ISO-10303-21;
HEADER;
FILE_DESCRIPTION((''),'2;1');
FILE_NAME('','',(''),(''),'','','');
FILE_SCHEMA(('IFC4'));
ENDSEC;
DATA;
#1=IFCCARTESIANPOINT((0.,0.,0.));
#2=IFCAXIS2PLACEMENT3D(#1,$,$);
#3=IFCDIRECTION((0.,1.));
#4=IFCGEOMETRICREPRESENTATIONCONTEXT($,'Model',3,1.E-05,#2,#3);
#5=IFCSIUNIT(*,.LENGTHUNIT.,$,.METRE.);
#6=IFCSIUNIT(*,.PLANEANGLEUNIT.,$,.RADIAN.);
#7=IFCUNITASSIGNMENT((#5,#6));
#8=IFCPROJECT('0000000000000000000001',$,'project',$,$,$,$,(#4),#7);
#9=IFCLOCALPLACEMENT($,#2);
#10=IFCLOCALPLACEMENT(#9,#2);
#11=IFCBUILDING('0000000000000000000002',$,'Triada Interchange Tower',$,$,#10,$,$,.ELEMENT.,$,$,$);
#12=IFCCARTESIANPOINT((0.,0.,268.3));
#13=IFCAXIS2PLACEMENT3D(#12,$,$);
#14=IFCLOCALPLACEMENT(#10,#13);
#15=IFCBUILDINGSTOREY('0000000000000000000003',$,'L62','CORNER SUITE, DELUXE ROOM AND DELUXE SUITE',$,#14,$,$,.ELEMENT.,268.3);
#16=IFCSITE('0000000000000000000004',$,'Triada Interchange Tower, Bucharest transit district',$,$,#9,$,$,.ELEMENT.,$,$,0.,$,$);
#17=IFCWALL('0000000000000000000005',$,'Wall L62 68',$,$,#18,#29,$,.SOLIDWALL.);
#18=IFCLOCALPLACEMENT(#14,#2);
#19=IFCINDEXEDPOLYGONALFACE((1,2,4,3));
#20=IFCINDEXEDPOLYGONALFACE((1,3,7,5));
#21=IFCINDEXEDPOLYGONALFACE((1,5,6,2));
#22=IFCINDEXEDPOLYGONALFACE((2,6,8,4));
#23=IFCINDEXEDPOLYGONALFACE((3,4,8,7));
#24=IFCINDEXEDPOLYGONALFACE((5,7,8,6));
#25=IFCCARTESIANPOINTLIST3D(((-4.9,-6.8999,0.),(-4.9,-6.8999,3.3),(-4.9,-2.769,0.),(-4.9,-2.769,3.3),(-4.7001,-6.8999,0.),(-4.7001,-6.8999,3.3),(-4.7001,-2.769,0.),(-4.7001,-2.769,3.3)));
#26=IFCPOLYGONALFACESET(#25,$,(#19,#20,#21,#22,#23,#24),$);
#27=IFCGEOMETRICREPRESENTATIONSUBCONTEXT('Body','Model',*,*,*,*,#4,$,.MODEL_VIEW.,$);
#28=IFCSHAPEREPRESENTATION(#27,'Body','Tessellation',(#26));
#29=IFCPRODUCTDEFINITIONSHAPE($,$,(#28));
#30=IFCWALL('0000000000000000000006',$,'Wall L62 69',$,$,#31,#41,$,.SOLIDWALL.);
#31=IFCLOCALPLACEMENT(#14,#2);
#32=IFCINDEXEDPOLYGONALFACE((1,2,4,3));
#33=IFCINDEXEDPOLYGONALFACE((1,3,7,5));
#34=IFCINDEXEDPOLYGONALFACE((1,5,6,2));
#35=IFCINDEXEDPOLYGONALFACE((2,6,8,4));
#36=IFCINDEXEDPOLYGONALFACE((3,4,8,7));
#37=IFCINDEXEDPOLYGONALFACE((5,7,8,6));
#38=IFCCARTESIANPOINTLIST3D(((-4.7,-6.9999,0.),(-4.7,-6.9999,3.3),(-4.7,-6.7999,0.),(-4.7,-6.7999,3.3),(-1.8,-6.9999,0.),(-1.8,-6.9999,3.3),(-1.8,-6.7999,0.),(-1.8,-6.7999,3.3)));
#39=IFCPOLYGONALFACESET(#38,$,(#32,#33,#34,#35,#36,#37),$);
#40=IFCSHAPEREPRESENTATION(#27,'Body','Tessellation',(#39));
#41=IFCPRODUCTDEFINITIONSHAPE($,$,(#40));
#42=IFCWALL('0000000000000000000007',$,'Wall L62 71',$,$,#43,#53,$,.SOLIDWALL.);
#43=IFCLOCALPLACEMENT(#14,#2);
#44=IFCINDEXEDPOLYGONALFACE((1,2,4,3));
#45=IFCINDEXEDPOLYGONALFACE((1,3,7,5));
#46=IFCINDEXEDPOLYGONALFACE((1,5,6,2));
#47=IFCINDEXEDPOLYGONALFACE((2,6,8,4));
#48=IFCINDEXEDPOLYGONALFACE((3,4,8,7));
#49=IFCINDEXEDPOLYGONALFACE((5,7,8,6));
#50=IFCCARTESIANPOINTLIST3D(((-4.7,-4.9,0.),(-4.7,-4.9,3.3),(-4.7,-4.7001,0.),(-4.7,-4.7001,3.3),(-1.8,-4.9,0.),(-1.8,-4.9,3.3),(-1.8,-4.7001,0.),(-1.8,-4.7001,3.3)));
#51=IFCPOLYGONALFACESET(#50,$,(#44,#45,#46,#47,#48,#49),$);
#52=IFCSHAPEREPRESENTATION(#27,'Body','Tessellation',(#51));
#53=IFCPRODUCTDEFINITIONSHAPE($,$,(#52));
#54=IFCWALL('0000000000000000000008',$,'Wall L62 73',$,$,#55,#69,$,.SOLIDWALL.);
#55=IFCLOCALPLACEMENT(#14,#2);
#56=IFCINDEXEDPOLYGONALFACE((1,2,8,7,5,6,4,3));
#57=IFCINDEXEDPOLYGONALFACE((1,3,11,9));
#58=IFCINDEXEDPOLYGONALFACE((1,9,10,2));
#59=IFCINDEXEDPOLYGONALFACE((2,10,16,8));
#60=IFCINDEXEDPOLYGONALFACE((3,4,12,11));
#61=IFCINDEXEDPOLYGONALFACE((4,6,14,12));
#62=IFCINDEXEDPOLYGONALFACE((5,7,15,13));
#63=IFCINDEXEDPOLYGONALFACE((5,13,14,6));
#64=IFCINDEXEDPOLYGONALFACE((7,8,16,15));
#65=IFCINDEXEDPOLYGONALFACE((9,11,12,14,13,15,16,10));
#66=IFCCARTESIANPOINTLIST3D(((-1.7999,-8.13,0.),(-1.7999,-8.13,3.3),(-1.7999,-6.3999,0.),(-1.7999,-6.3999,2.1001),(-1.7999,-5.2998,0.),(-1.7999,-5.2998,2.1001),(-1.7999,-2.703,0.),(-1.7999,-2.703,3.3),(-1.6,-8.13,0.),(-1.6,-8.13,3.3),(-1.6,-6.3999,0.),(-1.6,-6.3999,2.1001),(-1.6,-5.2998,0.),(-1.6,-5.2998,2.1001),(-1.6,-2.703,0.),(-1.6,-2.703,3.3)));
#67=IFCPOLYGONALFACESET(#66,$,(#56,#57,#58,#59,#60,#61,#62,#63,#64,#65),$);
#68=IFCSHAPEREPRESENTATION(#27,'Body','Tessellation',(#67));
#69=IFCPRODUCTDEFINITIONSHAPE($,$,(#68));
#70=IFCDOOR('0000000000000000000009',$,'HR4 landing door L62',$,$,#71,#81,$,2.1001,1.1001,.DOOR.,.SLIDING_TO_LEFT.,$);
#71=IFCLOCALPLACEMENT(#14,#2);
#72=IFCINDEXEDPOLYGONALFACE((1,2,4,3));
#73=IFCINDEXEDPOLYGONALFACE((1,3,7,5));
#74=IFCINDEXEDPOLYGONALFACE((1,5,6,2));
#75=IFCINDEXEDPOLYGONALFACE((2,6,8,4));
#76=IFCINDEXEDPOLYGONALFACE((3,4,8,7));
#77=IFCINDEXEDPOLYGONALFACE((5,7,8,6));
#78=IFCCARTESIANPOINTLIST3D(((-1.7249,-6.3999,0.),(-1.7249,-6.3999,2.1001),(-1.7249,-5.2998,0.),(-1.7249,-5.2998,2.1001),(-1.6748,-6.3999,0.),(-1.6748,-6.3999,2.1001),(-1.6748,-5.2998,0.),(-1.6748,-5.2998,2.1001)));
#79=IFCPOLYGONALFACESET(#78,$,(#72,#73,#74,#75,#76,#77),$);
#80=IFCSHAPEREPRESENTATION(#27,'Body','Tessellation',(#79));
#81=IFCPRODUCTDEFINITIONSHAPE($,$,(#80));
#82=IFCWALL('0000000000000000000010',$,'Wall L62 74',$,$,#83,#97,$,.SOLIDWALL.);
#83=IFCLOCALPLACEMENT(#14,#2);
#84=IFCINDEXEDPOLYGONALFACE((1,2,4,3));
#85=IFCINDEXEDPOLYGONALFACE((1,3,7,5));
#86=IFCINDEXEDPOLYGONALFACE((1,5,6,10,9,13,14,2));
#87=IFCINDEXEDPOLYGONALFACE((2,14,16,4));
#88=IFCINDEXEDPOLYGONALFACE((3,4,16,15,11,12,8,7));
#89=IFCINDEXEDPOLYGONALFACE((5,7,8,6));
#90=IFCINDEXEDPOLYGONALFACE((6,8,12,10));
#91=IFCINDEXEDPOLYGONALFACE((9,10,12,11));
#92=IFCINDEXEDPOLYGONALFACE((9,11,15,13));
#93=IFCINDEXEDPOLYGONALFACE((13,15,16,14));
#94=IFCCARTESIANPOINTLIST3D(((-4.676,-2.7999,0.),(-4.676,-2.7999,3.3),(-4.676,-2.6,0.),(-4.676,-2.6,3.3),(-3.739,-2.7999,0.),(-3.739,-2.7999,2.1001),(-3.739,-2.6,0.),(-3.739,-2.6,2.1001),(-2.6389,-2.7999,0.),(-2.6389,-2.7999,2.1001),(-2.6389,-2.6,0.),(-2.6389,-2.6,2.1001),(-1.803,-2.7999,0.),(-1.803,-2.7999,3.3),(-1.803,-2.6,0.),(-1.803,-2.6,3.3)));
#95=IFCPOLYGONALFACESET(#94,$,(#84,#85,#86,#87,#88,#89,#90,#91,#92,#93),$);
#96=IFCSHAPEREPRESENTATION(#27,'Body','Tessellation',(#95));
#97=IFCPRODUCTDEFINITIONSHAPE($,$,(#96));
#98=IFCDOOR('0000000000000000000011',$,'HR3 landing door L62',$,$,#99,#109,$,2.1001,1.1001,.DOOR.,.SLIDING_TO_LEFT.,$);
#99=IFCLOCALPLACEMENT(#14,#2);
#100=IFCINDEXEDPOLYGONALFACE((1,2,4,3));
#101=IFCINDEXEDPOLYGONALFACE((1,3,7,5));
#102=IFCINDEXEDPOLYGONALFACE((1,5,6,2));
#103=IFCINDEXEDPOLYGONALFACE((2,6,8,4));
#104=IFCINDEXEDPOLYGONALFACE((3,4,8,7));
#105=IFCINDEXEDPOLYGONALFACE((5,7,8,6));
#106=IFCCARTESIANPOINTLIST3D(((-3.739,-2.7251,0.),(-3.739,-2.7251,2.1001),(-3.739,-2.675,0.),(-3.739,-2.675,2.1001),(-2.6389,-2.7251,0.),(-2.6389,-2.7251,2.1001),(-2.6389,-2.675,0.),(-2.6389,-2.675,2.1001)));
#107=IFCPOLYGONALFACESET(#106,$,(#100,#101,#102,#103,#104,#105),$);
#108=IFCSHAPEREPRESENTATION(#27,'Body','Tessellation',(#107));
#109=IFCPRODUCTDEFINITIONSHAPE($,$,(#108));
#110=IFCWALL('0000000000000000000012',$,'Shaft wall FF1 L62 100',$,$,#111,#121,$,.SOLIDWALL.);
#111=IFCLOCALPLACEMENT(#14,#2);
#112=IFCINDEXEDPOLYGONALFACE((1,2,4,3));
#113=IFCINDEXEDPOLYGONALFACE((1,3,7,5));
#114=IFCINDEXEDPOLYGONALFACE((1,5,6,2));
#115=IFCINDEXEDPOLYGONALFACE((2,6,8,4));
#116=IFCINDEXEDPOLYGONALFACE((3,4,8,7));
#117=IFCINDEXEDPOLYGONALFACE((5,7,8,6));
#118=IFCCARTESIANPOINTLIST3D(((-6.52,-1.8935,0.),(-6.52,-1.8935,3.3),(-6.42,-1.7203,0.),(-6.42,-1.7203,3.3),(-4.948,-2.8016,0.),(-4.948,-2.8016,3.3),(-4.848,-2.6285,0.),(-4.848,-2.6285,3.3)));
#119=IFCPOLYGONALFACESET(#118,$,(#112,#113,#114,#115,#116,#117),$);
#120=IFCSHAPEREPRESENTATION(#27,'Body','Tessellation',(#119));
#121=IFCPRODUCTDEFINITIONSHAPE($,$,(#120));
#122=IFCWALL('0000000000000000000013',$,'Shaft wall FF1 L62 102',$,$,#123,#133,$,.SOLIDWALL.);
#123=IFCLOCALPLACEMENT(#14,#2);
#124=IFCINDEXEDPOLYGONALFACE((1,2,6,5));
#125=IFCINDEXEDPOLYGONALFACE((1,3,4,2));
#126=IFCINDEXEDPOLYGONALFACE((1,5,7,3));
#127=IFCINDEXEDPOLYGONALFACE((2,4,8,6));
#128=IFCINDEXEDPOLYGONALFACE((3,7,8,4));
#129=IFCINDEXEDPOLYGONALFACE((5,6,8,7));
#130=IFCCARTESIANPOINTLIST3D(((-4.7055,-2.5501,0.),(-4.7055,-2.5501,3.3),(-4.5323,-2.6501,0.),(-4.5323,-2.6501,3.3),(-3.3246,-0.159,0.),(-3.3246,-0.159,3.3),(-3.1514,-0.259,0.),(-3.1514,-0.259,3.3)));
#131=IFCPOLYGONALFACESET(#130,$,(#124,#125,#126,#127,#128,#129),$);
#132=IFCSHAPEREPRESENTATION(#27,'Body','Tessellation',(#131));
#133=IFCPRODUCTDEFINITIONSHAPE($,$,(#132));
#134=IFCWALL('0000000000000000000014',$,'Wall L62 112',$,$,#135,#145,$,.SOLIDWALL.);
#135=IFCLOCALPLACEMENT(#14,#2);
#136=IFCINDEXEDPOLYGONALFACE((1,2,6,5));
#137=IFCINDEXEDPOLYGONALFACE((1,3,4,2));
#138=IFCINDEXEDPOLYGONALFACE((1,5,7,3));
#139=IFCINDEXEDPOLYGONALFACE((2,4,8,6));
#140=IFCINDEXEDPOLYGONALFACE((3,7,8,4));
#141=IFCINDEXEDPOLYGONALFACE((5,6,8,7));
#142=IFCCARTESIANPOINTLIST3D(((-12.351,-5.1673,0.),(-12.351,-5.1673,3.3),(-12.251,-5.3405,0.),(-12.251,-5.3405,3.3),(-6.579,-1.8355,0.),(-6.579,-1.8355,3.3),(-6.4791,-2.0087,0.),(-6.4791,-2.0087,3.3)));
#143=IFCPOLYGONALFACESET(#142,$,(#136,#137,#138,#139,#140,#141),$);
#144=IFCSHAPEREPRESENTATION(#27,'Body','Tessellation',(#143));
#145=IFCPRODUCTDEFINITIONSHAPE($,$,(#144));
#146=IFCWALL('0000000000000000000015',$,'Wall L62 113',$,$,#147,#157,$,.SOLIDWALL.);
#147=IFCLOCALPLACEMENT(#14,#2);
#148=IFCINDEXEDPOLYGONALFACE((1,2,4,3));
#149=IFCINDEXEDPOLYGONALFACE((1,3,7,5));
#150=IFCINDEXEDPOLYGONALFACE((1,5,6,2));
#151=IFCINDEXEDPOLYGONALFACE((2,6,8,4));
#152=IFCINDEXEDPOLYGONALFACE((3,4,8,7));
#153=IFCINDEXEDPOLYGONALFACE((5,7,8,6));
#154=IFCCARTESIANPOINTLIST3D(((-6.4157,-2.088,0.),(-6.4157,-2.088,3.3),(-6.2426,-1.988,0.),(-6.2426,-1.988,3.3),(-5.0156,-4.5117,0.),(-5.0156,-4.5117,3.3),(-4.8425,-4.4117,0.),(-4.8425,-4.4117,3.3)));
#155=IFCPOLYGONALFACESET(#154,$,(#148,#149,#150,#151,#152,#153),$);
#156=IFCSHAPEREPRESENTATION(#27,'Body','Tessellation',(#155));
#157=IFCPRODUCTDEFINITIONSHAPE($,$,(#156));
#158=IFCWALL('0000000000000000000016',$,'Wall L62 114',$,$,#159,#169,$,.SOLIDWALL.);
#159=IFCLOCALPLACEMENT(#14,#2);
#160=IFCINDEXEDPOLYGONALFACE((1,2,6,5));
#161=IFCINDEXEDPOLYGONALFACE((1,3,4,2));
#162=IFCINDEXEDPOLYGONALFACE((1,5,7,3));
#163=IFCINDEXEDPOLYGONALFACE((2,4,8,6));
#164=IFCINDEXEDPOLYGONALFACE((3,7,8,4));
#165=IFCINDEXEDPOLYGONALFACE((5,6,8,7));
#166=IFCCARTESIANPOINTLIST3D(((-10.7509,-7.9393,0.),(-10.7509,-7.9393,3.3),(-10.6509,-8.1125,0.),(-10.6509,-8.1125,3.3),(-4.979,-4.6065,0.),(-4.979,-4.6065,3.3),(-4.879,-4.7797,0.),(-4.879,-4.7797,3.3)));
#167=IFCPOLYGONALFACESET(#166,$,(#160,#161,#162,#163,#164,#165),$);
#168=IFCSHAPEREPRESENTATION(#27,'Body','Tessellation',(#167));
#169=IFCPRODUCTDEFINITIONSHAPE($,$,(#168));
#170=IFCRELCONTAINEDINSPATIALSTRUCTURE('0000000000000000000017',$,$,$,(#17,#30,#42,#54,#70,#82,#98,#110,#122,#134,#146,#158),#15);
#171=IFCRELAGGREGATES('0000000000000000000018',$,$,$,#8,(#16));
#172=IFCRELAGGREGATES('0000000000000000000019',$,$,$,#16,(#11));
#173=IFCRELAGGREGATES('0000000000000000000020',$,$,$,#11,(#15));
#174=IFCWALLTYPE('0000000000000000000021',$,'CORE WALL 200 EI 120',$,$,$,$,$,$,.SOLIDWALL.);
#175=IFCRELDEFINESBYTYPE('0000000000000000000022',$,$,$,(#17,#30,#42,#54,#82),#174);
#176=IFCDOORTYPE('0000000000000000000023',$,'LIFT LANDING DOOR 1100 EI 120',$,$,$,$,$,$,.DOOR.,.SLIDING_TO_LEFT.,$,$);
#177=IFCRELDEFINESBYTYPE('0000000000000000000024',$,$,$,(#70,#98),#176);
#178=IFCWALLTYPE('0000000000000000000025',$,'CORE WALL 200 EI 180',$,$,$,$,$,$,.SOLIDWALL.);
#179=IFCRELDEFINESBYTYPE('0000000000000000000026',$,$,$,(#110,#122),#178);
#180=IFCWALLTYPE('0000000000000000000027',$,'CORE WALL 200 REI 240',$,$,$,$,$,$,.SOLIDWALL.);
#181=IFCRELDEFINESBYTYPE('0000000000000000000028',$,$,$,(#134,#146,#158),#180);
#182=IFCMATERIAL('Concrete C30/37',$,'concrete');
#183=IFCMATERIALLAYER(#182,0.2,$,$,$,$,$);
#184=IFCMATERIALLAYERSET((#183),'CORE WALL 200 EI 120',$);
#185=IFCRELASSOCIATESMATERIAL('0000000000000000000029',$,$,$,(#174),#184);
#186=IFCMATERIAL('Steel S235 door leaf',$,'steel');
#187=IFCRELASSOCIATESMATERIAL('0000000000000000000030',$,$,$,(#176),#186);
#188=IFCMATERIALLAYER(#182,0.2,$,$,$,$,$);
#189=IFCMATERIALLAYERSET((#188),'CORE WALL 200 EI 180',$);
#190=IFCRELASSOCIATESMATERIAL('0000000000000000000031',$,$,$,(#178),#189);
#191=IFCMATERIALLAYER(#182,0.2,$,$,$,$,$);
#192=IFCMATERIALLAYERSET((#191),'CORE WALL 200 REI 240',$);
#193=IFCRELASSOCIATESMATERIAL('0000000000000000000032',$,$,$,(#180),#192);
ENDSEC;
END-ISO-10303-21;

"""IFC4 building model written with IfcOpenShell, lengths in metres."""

from ifc_helpers import new_model, si_unit, direction, frame, frame_2d, origin, place, context, subcontext, project, spatial, rectangle, extrude, material, layer, layer_set, type_object, element, fill, save


model = new_model("IFC4")

# Units and contexts
model_context = context("Model", 3, precision=1e-05, world=origin(), true_north=direction((0.0, 1.0)))
body_context = subcontext(model_context, "Body", "Model", "MODEL_VIEW")
ifc_project = project(units=[si_unit("LENGTHUNIT", "METRE"), si_unit("PLANEANGLEUNIT", "RADIAN")], contexts=[model_context])

# Site, building, storey
site_placement = place(None, origin())
site = spatial("IfcSite", under=ifc_project, at=site_placement, Name="Triada Interchange Tower, Bucharest transit district", CompositionType="ELEMENT", RefElevation=0.0)
building_placement = place(site_placement, origin())
building = spatial("IfcBuilding", under=site, at=building_placement, Name="Triada Interchange Tower", CompositionType="ELEMENT")
storey_placement = place(building_placement, frame((0.0, 0.0, 268.3)))
storey = spatial("IfcBuildingStorey", under=building, at=storey_placement, Name="L62", Description="CORNER SUITE, DELUXE ROOM AND DELUXE SUITE", CompositionType="ELEMENT", Elevation=268.3)

# Walls
ifc_material_1 = material(Name="Concrete C30/37", Category="concrete")
ifc_layer_1 = layer(ifc_material_1, 0.2)
ifc_layer_set_1 = layer_set([ifc_layer_1], Name="CORE WALL 200 EI 120")
wall_type_1 = type_object("IfcWallType", Name="CORE WALL 200 EI 120", PredefinedType="SOLIDWALL", material=ifc_layer_set_1)
wall_1_placement = place(storey_placement, frame((-4.8, -6.8999, 0.0), z_axis=(0.0, 0.0, 1.0), x_axis=(0.0, 1.0, 0.0)))
element("IfcWall", 1, at=wall_1_placement, inside=storey, type_object=wall_type_1, Name="Wall L62 68", PredefinedType="SOLIDWALL", context=body_context, shape_type="SweptSolid", body=[
    extrude(rectangle(XDim=4.1309, YDim=0.2, at=frame_2d((2.0654, 0.0))), origin(), (0.0, 0.0, 1.0), 3.3),
])
for number, where, z_axis, x_axis, name in (
    (2, (-4.7, -6.8999, 0.0), (0.0, 0.0, 1.0), (1.0, 0.0, 0.0), "Wall L62 69"),
    (3, (-4.7, -4.8, 0.0), (0.0, 0.0, 1.0), (1.0, 0.0, 0.0), "Wall L62 71"),
):
    element("IfcWall", number, at=place(storey_placement, frame(where, z_axis=z_axis, x_axis=x_axis)), inside=storey, type_object=wall_type_1, Name=name, PredefinedType="SOLIDWALL", context=body_context, shape_type="SweptSolid", body=[
        extrude(rectangle(XDim=2.8999, YDim=0.2, at=frame_2d((1.45, 0.0))), origin(), (0.0, 0.0, 1.0), 3.3),
    ])

# Walls, openings, doors
wall_2_placement = place(storey_placement, frame((-1.7, -8.1299, 0.0), z_axis=(0.0, 0.0, 1.0), x_axis=(0.0, 1.0, 0.0)))
wall_2 = element("IfcWall", 4, at=wall_2_placement, inside=storey, type_object=wall_type_1, Name="Wall L62 73", PredefinedType="SOLIDWALL", context=body_context, shape_type="SweptSolid", body=[
    extrude(rectangle(XDim=5.427, YDim=0.2, at=frame_2d((2.7134, 0.0))), origin(), (0.0, 0.0, 1.0), 3.3),
])
opening_1_placement = place(wall_2_placement, frame((1.73, 0.0, 0.0)))
opening_1 = element("IfcOpeningElement", 5, at=opening_1_placement, cuts=wall_2, PredefinedType="OPENING", context=body_context, shape_type="SweptSolid", body=[
    extrude(rectangle(XDim=1.1001, YDim=2.1001, at=frame_2d((0.55, 1.05))), frame((0.0, 0.1099, 0.0), z_axis=(0.0, -1.0, 0.0), x_axis=(1.0, 0.0, 0.0)), (0.0, 0.0, 1.0), 0.22),
])
ifc_material_2 = material(Name="Steel S235 door leaf", Category="steel")
door_type_1 = type_object("IfcDoorType", Name="LIFT LANDING DOOR 1100 EI 120", OperationType="SLIDING_TO_LEFT", PredefinedType="DOOR", material=ifc_material_2)
door_1_placement = place(opening_1_placement, origin())
door_1 = element("IfcDoor", 6, at=door_1_placement, inside=storey, type_object=door_type_1, Name="HR4 landing door L62", OperationType="SLIDING_TO_LEFT", OverallHeight=2.1001, OverallWidth=1.1001, PredefinedType="DOOR", context=body_context, shape_type="SweptSolid", body=[
    extrude(rectangle(XDim=1.1001, YDim=2.1001, at=frame_2d((0.55, 1.05))), frame((0.0, 0.0249, 0.0), z_axis=(0.0, -1.0, 0.0), x_axis=(1.0, 0.0, 0.0)), (0.0, 0.0, 1.0), 0.05),
])
fill(opening_1, door_1)
wall_3_placement = place(storey_placement, frame((-4.676, -2.7, 0.0), z_axis=(0.0, 0.0, 1.0), x_axis=(1.0, 0.0, 0.0)))
wall_3 = element("IfcWall", 7, at=wall_3_placement, inside=storey, type_object=wall_type_1, Name="Wall L62 74", PredefinedType="SOLIDWALL", context=body_context, shape_type="SweptSolid", body=[
    extrude(rectangle(XDim=2.873, YDim=0.2, at=frame_2d((1.4365, 0.0))), origin(), (0.0, 0.0, 1.0), 3.3),
])
opening_2_placement = place(wall_3_placement, frame((0.937, 0.0, 0.0)))
opening_2 = element("IfcOpeningElement", 8, at=opening_2_placement, cuts=wall_3, PredefinedType="OPENING", context=body_context, shape_type="SweptSolid", body=[
    extrude(rectangle(XDim=1.1001, YDim=2.1001, at=frame_2d((0.55, 1.05))), frame((0.0, 0.1099, 0.0), z_axis=(0.0, -1.0, 0.0), x_axis=(1.0, 0.0, 0.0)), (0.0, 0.0, 1.0), 0.22),
])
door_2_placement = place(opening_2_placement, origin())
door_2 = element("IfcDoor", 9, at=door_2_placement, inside=storey, type_object=door_type_1, Name="HR3 landing door L62", OperationType="SLIDING_TO_LEFT", OverallHeight=2.1001, OverallWidth=1.1001, PredefinedType="DOOR", context=body_context, shape_type="SweptSolid", body=[
    extrude(rectangle(XDim=1.1001, YDim=2.1001, at=frame_2d((0.55, 1.05))), frame((0.0, 0.0249, 0.0), z_axis=(0.0, -1.0, 0.0), x_axis=(1.0, 0.0, 0.0)), (0.0, 0.0, 1.0), 0.05),
])
fill(opening_2, door_2)

# Walls
ifc_layer_2 = layer(ifc_material_1, 0.2)
ifc_layer_set_2 = layer_set([ifc_layer_2], Name="CORE WALL 200 EI 180")
wall_type_2 = type_object("IfcWallType", Name="CORE WALL 200 EI 180", PredefinedType="SOLIDWALL", material=ifc_layer_set_2)
wall_4_placement = place(storey_placement, frame((-6.47, -1.8069, 0.0), z_axis=(0.0, 0.0, 1.0), x_axis=(0.865883, -0.500246, 0.0)))
element("IfcWall", 10, at=wall_4_placement, inside=storey, type_object=wall_type_2, Name="Shaft wall FF1 L62 100", PredefinedType="SOLIDWALL", context=body_context, shape_type="SweptSolid", body=[
    extrude(rectangle(XDim=1.8154, YDim=0.2, at=frame_2d((0.9077, 0.0))), origin(), (0.0, 0.0, 1.0), 3.3),
])
wall_5_placement = place(storey_placement, frame((-4.6189, -2.6001, 0.0), z_axis=(0.0, 0.0, 1.0), x_axis=(0.500095, 0.865971, 0.0)))
element("IfcWall", 11, at=wall_5_placement, inside=storey, type_object=wall_type_2, Name="Shaft wall FF1 L62 102", PredefinedType="SOLIDWALL", context=body_context, shape_type="SweptSolid", body=[
    extrude(rectangle(XDim=2.7612, YDim=0.2, at=frame_2d((1.3806, 0.0))), origin(), (0.0, 0.0, 1.0), 3.3),
])
ifc_layer_3 = layer(ifc_material_1, 0.2)
ifc_layer_set_3 = layer_set([ifc_layer_3], Name="CORE WALL 200 REI 240")
wall_type_3 = type_object("IfcWallType", Name="CORE WALL 200 REI 240", PredefinedType="SOLIDWALL", material=ifc_layer_set_3)
wall_6_placement = place(storey_placement, frame((-12.301, -5.2539, 0.0), z_axis=(0.0, 0.0, 1.0), x_axis=(0.866068, 0.499925, 0.0)))
element("IfcWall", 12, at=wall_6_placement, inside=storey, type_object=wall_type_3, Name="Wall L62 112", PredefinedType="SOLIDWALL", context=body_context, shape_type="SweptSolid", body=[
    extrude(rectangle(XDim=6.6646, YDim=0.2, at=frame_2d((3.3323, 0.0))), origin(), (0.0, 0.0, 1.0), 3.3),
])
wall_7_placement = place(storey_placement, frame((-6.3291, -2.0381, 0.0), z_axis=(0.0, 0.0, 1.0), x_axis=(0.500201, -0.86591, 0.0)))
element("IfcWall", 13, at=wall_7_placement, inside=storey, type_object=wall_type_3, Name="Wall L62 113", PredefinedType="SOLIDWALL", context=body_context, shape_type="SweptSolid", body=[
    extrude(rectangle(XDim=2.7991, YDim=0.2, at=frame_2d((1.3994, 0.0))), origin(), (0.0, 0.0, 1.0), 3.3),
])
wall_8_placement = place(storey_placement, frame((-10.7009, -8.0259, 0.0), z_axis=(0.0, 0.0, 1.0), x_axis=(0.866005, 0.500035, 0.0)))
element("IfcWall", 14, at=wall_8_placement, inside=storey, type_object=wall_type_3, Name="Wall L62 114", PredefinedType="SOLIDWALL", context=body_context, shape_type="SweptSolid", body=[
    extrude(rectangle(XDim=6.665, YDim=0.2, at=frame_2d((3.3325, 0.0))), origin(), (0.0, 0.0, 1.0), 3.3),
])

save(model, "model.ifc")
